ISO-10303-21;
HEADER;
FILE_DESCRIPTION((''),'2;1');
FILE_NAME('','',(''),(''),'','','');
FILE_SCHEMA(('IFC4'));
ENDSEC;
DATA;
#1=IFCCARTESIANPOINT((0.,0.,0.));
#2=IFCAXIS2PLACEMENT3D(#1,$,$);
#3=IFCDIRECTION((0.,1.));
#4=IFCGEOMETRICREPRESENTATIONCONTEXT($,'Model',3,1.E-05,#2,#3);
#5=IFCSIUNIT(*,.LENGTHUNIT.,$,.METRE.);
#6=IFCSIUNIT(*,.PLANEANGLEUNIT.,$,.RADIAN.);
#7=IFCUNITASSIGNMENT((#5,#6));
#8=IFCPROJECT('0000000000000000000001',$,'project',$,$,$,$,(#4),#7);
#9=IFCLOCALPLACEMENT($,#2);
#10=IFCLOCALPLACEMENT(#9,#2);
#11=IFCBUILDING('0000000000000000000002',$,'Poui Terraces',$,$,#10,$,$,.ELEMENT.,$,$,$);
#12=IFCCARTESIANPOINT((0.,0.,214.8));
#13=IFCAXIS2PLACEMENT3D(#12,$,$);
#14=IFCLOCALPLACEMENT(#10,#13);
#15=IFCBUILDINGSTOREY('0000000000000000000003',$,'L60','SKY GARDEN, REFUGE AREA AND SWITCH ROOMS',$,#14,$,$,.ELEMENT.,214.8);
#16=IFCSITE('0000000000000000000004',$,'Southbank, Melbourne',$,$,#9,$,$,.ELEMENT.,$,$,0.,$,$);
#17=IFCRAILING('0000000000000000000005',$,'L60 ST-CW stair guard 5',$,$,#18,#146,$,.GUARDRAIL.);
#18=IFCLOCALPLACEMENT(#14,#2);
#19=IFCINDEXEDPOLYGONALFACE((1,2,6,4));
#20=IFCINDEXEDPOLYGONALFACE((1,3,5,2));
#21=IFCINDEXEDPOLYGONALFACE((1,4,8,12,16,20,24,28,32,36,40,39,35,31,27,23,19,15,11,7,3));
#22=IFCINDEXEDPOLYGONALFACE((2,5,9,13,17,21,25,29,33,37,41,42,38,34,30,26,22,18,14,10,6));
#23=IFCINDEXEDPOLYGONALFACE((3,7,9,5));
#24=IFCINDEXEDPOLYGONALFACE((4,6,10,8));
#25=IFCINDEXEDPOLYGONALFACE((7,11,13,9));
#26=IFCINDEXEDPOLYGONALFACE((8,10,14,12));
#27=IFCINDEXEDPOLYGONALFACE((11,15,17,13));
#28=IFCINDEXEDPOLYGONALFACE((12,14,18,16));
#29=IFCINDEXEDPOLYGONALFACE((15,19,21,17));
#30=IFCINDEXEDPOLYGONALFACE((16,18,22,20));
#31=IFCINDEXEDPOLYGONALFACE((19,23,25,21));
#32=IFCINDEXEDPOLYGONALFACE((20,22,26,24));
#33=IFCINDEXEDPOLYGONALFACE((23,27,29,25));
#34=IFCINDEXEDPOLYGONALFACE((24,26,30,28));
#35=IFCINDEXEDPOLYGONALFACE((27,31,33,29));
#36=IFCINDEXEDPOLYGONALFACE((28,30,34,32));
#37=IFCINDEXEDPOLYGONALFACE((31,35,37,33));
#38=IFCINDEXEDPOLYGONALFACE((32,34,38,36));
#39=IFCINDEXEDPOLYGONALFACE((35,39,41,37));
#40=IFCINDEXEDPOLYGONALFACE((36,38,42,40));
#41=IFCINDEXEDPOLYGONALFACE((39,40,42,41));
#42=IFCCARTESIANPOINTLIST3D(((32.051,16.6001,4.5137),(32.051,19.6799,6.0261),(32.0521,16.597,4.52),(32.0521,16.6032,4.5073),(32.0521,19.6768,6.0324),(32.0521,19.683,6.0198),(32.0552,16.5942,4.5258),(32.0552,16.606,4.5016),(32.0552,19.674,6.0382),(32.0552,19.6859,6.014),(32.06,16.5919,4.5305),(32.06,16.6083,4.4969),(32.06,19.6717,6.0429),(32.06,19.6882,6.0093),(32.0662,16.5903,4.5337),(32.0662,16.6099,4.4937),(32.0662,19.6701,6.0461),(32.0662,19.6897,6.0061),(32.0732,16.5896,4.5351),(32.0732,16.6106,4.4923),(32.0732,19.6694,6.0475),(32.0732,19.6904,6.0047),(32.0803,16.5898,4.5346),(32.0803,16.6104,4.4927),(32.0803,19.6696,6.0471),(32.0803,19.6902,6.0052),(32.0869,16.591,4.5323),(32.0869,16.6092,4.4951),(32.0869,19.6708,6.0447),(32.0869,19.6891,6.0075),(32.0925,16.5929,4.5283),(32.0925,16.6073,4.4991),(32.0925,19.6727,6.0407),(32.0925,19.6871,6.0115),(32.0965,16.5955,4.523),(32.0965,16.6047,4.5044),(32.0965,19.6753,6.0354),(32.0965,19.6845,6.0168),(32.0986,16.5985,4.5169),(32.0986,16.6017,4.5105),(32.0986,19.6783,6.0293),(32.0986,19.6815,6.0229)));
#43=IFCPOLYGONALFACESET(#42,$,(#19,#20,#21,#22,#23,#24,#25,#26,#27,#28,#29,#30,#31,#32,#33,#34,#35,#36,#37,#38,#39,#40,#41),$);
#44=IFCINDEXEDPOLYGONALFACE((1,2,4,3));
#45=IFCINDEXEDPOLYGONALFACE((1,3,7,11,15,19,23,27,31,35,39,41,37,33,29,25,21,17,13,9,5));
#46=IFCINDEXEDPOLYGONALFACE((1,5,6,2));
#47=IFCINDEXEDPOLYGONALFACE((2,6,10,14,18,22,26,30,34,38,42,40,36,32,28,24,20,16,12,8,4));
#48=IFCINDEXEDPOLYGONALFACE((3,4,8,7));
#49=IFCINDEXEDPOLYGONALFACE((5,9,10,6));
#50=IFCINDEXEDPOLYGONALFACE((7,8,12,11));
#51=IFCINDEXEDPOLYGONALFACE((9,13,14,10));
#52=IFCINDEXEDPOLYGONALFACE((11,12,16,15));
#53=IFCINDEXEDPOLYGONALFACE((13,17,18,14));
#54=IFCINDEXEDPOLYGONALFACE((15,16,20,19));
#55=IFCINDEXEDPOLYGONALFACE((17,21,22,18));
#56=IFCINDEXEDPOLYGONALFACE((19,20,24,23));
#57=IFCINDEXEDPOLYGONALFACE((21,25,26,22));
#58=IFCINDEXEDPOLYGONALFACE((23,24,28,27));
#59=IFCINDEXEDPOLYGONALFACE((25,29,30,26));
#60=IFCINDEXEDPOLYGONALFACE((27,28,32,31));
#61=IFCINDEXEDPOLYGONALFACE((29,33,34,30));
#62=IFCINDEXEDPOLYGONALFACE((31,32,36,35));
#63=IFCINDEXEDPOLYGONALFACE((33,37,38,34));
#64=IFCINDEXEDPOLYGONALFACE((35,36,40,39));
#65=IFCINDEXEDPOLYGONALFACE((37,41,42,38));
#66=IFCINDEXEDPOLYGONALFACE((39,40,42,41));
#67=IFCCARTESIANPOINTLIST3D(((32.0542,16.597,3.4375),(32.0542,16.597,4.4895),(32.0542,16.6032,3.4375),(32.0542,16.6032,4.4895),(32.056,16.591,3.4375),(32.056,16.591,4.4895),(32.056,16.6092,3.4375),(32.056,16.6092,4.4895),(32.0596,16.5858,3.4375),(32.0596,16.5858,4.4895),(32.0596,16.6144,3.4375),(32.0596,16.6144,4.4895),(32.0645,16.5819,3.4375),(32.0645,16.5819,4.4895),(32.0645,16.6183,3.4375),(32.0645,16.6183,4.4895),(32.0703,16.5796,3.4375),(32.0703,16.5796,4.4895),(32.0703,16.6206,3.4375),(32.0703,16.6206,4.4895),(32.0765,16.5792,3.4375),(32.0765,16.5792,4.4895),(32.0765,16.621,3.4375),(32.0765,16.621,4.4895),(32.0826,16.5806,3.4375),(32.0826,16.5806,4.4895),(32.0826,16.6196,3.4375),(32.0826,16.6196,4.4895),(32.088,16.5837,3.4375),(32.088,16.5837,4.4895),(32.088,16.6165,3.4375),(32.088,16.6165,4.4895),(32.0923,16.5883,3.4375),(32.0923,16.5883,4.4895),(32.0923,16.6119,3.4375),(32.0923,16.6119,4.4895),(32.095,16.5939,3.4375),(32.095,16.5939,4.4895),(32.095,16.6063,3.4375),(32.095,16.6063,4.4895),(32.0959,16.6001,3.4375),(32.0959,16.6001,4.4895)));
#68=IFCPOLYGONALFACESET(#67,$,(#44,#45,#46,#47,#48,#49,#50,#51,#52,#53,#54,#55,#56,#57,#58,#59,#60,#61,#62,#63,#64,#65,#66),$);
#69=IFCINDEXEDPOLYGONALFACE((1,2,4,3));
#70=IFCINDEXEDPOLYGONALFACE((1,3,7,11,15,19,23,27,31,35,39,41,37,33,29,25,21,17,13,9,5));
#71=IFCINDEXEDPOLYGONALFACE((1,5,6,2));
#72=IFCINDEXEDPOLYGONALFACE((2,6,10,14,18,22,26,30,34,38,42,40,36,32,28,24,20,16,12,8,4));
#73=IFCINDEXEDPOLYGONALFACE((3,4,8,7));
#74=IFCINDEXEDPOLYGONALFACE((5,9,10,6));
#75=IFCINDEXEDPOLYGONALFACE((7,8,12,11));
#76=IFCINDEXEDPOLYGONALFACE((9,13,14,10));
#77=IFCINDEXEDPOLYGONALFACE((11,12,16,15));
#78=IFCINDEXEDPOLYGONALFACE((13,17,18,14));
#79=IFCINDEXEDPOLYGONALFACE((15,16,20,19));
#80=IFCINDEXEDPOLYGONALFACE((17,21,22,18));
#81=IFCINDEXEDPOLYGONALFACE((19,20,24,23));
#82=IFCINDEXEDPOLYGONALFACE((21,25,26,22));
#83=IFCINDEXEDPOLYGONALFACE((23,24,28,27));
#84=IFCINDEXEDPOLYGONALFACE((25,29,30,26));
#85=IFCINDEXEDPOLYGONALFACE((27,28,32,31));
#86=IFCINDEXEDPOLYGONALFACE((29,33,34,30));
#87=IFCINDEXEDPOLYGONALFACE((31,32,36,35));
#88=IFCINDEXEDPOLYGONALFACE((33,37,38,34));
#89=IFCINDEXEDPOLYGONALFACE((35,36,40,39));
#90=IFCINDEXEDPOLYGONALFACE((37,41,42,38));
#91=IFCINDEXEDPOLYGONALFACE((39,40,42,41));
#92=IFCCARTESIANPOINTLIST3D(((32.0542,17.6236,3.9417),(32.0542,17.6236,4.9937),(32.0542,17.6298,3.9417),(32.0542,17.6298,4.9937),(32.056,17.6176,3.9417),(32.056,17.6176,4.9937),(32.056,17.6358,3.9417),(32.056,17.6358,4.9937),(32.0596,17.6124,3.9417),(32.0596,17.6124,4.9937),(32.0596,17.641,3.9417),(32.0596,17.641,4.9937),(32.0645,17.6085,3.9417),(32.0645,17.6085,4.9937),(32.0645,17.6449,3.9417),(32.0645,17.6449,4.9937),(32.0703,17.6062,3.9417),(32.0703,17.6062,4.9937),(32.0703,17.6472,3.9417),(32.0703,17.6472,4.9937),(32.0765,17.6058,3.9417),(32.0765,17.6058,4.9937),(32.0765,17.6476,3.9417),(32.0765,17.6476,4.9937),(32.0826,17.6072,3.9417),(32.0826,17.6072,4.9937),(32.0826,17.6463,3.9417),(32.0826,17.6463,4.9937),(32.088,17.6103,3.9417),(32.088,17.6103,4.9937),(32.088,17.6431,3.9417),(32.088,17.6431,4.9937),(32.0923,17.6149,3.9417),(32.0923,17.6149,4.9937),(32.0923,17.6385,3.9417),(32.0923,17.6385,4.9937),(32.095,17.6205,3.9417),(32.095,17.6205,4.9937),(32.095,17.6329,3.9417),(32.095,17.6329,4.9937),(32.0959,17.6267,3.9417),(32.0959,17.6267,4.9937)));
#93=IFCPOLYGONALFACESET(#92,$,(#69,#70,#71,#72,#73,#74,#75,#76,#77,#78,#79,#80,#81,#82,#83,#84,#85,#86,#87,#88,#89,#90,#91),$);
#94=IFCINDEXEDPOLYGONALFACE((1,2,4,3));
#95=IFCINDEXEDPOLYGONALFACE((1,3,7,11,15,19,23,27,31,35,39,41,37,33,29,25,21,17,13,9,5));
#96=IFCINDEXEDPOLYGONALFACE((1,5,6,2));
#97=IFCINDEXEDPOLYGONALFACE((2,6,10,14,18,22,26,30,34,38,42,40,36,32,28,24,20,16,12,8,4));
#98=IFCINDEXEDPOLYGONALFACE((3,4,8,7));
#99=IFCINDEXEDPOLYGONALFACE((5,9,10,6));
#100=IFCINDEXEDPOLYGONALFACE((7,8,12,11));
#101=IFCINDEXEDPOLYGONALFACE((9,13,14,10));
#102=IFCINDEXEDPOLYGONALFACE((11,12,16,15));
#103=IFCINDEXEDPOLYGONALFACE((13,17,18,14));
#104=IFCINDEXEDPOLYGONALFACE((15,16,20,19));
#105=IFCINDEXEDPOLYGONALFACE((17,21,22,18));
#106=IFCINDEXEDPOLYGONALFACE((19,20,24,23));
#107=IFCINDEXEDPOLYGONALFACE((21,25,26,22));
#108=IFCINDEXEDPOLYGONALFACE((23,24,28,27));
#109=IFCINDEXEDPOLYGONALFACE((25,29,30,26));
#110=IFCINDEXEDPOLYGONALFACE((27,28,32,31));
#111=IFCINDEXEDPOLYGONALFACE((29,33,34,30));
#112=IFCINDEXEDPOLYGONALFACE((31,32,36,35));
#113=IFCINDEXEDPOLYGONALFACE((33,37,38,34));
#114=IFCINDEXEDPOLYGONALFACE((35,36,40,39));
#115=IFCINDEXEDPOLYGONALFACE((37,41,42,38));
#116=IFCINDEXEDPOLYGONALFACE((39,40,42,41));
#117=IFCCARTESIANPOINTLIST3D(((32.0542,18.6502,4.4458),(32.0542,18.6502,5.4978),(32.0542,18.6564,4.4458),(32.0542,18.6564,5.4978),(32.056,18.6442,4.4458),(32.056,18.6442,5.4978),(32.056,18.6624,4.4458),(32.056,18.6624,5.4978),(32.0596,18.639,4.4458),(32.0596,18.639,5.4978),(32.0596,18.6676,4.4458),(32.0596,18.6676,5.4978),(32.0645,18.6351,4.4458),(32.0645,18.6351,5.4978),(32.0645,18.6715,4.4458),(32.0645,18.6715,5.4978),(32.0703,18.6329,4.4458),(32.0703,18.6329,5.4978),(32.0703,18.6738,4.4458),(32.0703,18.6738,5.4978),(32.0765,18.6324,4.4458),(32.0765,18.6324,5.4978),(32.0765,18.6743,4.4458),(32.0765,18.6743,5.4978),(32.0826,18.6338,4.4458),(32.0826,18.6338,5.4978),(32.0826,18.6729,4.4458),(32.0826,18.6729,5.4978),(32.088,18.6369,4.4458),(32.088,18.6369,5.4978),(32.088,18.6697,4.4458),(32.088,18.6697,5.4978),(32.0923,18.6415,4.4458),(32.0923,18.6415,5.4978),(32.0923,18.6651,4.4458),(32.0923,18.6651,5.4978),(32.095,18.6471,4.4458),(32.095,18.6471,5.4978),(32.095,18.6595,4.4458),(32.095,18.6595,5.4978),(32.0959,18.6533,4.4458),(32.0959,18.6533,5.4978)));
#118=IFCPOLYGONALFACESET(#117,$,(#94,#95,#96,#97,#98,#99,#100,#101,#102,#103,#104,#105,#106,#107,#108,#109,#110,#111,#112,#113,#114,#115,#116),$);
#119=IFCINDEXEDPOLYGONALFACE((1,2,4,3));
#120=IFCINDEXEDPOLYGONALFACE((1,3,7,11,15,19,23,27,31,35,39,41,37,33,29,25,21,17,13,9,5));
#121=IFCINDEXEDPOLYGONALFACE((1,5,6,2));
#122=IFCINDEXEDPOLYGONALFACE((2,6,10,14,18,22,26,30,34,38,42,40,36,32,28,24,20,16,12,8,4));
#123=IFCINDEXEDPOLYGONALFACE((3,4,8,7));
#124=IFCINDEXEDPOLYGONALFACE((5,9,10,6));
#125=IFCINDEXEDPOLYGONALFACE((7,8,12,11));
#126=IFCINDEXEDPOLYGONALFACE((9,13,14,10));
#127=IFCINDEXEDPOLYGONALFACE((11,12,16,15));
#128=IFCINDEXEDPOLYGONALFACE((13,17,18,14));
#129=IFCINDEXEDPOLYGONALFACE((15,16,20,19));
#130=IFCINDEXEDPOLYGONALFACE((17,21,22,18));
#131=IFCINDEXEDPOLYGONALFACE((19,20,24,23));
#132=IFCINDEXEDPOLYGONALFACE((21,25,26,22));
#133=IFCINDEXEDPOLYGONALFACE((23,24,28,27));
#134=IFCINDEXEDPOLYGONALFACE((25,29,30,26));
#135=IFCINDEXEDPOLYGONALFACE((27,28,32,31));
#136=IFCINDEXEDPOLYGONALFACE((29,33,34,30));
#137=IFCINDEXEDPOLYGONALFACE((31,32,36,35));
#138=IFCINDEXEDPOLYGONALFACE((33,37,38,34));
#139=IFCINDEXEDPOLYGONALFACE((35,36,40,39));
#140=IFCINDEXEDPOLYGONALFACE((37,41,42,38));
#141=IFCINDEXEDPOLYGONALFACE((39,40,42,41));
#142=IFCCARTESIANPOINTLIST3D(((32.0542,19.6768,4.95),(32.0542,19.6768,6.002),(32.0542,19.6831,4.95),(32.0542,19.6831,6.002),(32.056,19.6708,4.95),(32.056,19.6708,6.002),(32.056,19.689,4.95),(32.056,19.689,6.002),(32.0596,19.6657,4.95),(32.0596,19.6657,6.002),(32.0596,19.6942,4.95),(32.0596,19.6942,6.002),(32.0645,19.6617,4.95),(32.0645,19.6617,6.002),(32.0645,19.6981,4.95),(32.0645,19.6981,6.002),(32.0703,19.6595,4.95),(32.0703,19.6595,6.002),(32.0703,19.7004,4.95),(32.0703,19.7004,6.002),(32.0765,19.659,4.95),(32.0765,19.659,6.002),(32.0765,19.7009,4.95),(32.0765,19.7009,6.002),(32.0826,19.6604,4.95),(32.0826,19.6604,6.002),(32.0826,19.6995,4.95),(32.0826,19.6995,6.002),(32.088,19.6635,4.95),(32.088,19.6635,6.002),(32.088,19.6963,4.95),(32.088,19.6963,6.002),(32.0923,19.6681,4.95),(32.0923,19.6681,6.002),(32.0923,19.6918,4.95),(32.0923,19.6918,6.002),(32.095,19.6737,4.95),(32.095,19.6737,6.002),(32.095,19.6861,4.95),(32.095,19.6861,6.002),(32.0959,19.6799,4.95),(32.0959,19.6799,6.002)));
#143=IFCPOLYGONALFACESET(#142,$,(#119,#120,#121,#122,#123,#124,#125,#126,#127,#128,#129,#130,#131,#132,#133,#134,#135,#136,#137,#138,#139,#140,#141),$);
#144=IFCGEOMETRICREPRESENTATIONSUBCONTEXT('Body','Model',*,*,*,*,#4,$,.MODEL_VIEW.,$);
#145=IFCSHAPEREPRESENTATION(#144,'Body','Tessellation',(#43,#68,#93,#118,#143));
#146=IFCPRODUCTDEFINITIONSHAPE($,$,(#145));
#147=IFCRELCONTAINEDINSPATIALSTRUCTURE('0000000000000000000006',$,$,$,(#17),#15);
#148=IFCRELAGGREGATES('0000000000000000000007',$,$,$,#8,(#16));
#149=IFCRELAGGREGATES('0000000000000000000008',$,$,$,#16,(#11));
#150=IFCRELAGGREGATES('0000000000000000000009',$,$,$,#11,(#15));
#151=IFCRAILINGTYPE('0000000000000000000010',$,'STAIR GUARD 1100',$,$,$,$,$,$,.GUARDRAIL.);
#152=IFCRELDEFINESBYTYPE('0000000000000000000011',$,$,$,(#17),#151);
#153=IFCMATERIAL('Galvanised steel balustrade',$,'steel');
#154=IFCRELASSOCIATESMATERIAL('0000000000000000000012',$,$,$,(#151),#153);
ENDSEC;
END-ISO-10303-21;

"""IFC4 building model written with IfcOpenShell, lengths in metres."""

from ifc_helpers import new_model, si_unit, direction, frame, origin, origin_2d, place, context, subcontext, project, spatial, circle, extrude, material, type_object, element, save


model = new_model("IFC4")

# Units and contexts
model_context = context("Model", 3, precision=1e-05, world=origin(), true_north=direction((0.0, 1.0)))
body_context = subcontext(model_context, "Body", "Model", "MODEL_VIEW")
ifc_project = project(units=[si_unit("LENGTHUNIT", "METRE"), si_unit("PLANEANGLEUNIT", "RADIAN")], contexts=[model_context])

# Site, building, storey
site_placement = place(None, origin())
site = spatial("IfcSite", under=ifc_project, at=site_placement, Name="Southbank, Melbourne", CompositionType="ELEMENT", RefElevation=0.0)
building_placement = place(site_placement, origin())
building = spatial("IfcBuilding", under=site, at=building_placement, Name="Poui Terraces", CompositionType="ELEMENT")
storey_placement = place(building_placement, frame((0.0, 0.0, 214.8)))
storey = spatial("IfcBuildingStorey", under=building, at=storey_placement, Name="L60", Description="SKY GARDEN, REFUGE AREA AND SWITCH ROOMS", CompositionType="ELEMENT", Elevation=214.8)

# Railing
ifc_material_1 = material(Name="Galvanised steel balustrade", Category="steel")
railing_type_1 = type_object("IfcRailingType", Name="STAIR GUARD 1100", PredefinedType="GUARDRAIL", material=ifc_material_1)
railing_placement = place(storey_placement, frame((32.075, 16.6001, 3.4375)))
element("IfcRailing", 1, at=railing_placement, inside=storey, type_object=railing_type_1, Name="L60 ST-CW stair guard 5", PredefinedType="GUARDRAIL", context=body_context, shape_type="SweptSolid", body=[
    extrude(circle(Radius=0.0239, at=origin_2d()), frame((0.0, 0.0, 1.0762), z_axis=(0.0, 0.897606, 0.440798), x_axis=(-1.0, 0.0, 0.0)), (0.0, 0.0, 1.0), 3.4312),
    extrude(circle(Radius=0.021, at=origin_2d()), origin(), (0.0, 0.0, 1.0), 1.052),
    extrude(circle(Radius=0.021, at=origin_2d()), frame((0.0, 1.0266, 0.5042)), (0.0, 0.0, 1.0), 1.052),
    extrude(circle(Radius=0.021, at=origin_2d()), frame((0.0, 2.0532, 1.0083)), (0.0, 0.0, 1.0), 1.052),
    extrude(circle(Radius=0.021, at=origin_2d()), frame((0.0, 3.0798, 1.5125)), (0.0, 0.0, 1.0), 1.052),
])

save(model, "model.ifc")
